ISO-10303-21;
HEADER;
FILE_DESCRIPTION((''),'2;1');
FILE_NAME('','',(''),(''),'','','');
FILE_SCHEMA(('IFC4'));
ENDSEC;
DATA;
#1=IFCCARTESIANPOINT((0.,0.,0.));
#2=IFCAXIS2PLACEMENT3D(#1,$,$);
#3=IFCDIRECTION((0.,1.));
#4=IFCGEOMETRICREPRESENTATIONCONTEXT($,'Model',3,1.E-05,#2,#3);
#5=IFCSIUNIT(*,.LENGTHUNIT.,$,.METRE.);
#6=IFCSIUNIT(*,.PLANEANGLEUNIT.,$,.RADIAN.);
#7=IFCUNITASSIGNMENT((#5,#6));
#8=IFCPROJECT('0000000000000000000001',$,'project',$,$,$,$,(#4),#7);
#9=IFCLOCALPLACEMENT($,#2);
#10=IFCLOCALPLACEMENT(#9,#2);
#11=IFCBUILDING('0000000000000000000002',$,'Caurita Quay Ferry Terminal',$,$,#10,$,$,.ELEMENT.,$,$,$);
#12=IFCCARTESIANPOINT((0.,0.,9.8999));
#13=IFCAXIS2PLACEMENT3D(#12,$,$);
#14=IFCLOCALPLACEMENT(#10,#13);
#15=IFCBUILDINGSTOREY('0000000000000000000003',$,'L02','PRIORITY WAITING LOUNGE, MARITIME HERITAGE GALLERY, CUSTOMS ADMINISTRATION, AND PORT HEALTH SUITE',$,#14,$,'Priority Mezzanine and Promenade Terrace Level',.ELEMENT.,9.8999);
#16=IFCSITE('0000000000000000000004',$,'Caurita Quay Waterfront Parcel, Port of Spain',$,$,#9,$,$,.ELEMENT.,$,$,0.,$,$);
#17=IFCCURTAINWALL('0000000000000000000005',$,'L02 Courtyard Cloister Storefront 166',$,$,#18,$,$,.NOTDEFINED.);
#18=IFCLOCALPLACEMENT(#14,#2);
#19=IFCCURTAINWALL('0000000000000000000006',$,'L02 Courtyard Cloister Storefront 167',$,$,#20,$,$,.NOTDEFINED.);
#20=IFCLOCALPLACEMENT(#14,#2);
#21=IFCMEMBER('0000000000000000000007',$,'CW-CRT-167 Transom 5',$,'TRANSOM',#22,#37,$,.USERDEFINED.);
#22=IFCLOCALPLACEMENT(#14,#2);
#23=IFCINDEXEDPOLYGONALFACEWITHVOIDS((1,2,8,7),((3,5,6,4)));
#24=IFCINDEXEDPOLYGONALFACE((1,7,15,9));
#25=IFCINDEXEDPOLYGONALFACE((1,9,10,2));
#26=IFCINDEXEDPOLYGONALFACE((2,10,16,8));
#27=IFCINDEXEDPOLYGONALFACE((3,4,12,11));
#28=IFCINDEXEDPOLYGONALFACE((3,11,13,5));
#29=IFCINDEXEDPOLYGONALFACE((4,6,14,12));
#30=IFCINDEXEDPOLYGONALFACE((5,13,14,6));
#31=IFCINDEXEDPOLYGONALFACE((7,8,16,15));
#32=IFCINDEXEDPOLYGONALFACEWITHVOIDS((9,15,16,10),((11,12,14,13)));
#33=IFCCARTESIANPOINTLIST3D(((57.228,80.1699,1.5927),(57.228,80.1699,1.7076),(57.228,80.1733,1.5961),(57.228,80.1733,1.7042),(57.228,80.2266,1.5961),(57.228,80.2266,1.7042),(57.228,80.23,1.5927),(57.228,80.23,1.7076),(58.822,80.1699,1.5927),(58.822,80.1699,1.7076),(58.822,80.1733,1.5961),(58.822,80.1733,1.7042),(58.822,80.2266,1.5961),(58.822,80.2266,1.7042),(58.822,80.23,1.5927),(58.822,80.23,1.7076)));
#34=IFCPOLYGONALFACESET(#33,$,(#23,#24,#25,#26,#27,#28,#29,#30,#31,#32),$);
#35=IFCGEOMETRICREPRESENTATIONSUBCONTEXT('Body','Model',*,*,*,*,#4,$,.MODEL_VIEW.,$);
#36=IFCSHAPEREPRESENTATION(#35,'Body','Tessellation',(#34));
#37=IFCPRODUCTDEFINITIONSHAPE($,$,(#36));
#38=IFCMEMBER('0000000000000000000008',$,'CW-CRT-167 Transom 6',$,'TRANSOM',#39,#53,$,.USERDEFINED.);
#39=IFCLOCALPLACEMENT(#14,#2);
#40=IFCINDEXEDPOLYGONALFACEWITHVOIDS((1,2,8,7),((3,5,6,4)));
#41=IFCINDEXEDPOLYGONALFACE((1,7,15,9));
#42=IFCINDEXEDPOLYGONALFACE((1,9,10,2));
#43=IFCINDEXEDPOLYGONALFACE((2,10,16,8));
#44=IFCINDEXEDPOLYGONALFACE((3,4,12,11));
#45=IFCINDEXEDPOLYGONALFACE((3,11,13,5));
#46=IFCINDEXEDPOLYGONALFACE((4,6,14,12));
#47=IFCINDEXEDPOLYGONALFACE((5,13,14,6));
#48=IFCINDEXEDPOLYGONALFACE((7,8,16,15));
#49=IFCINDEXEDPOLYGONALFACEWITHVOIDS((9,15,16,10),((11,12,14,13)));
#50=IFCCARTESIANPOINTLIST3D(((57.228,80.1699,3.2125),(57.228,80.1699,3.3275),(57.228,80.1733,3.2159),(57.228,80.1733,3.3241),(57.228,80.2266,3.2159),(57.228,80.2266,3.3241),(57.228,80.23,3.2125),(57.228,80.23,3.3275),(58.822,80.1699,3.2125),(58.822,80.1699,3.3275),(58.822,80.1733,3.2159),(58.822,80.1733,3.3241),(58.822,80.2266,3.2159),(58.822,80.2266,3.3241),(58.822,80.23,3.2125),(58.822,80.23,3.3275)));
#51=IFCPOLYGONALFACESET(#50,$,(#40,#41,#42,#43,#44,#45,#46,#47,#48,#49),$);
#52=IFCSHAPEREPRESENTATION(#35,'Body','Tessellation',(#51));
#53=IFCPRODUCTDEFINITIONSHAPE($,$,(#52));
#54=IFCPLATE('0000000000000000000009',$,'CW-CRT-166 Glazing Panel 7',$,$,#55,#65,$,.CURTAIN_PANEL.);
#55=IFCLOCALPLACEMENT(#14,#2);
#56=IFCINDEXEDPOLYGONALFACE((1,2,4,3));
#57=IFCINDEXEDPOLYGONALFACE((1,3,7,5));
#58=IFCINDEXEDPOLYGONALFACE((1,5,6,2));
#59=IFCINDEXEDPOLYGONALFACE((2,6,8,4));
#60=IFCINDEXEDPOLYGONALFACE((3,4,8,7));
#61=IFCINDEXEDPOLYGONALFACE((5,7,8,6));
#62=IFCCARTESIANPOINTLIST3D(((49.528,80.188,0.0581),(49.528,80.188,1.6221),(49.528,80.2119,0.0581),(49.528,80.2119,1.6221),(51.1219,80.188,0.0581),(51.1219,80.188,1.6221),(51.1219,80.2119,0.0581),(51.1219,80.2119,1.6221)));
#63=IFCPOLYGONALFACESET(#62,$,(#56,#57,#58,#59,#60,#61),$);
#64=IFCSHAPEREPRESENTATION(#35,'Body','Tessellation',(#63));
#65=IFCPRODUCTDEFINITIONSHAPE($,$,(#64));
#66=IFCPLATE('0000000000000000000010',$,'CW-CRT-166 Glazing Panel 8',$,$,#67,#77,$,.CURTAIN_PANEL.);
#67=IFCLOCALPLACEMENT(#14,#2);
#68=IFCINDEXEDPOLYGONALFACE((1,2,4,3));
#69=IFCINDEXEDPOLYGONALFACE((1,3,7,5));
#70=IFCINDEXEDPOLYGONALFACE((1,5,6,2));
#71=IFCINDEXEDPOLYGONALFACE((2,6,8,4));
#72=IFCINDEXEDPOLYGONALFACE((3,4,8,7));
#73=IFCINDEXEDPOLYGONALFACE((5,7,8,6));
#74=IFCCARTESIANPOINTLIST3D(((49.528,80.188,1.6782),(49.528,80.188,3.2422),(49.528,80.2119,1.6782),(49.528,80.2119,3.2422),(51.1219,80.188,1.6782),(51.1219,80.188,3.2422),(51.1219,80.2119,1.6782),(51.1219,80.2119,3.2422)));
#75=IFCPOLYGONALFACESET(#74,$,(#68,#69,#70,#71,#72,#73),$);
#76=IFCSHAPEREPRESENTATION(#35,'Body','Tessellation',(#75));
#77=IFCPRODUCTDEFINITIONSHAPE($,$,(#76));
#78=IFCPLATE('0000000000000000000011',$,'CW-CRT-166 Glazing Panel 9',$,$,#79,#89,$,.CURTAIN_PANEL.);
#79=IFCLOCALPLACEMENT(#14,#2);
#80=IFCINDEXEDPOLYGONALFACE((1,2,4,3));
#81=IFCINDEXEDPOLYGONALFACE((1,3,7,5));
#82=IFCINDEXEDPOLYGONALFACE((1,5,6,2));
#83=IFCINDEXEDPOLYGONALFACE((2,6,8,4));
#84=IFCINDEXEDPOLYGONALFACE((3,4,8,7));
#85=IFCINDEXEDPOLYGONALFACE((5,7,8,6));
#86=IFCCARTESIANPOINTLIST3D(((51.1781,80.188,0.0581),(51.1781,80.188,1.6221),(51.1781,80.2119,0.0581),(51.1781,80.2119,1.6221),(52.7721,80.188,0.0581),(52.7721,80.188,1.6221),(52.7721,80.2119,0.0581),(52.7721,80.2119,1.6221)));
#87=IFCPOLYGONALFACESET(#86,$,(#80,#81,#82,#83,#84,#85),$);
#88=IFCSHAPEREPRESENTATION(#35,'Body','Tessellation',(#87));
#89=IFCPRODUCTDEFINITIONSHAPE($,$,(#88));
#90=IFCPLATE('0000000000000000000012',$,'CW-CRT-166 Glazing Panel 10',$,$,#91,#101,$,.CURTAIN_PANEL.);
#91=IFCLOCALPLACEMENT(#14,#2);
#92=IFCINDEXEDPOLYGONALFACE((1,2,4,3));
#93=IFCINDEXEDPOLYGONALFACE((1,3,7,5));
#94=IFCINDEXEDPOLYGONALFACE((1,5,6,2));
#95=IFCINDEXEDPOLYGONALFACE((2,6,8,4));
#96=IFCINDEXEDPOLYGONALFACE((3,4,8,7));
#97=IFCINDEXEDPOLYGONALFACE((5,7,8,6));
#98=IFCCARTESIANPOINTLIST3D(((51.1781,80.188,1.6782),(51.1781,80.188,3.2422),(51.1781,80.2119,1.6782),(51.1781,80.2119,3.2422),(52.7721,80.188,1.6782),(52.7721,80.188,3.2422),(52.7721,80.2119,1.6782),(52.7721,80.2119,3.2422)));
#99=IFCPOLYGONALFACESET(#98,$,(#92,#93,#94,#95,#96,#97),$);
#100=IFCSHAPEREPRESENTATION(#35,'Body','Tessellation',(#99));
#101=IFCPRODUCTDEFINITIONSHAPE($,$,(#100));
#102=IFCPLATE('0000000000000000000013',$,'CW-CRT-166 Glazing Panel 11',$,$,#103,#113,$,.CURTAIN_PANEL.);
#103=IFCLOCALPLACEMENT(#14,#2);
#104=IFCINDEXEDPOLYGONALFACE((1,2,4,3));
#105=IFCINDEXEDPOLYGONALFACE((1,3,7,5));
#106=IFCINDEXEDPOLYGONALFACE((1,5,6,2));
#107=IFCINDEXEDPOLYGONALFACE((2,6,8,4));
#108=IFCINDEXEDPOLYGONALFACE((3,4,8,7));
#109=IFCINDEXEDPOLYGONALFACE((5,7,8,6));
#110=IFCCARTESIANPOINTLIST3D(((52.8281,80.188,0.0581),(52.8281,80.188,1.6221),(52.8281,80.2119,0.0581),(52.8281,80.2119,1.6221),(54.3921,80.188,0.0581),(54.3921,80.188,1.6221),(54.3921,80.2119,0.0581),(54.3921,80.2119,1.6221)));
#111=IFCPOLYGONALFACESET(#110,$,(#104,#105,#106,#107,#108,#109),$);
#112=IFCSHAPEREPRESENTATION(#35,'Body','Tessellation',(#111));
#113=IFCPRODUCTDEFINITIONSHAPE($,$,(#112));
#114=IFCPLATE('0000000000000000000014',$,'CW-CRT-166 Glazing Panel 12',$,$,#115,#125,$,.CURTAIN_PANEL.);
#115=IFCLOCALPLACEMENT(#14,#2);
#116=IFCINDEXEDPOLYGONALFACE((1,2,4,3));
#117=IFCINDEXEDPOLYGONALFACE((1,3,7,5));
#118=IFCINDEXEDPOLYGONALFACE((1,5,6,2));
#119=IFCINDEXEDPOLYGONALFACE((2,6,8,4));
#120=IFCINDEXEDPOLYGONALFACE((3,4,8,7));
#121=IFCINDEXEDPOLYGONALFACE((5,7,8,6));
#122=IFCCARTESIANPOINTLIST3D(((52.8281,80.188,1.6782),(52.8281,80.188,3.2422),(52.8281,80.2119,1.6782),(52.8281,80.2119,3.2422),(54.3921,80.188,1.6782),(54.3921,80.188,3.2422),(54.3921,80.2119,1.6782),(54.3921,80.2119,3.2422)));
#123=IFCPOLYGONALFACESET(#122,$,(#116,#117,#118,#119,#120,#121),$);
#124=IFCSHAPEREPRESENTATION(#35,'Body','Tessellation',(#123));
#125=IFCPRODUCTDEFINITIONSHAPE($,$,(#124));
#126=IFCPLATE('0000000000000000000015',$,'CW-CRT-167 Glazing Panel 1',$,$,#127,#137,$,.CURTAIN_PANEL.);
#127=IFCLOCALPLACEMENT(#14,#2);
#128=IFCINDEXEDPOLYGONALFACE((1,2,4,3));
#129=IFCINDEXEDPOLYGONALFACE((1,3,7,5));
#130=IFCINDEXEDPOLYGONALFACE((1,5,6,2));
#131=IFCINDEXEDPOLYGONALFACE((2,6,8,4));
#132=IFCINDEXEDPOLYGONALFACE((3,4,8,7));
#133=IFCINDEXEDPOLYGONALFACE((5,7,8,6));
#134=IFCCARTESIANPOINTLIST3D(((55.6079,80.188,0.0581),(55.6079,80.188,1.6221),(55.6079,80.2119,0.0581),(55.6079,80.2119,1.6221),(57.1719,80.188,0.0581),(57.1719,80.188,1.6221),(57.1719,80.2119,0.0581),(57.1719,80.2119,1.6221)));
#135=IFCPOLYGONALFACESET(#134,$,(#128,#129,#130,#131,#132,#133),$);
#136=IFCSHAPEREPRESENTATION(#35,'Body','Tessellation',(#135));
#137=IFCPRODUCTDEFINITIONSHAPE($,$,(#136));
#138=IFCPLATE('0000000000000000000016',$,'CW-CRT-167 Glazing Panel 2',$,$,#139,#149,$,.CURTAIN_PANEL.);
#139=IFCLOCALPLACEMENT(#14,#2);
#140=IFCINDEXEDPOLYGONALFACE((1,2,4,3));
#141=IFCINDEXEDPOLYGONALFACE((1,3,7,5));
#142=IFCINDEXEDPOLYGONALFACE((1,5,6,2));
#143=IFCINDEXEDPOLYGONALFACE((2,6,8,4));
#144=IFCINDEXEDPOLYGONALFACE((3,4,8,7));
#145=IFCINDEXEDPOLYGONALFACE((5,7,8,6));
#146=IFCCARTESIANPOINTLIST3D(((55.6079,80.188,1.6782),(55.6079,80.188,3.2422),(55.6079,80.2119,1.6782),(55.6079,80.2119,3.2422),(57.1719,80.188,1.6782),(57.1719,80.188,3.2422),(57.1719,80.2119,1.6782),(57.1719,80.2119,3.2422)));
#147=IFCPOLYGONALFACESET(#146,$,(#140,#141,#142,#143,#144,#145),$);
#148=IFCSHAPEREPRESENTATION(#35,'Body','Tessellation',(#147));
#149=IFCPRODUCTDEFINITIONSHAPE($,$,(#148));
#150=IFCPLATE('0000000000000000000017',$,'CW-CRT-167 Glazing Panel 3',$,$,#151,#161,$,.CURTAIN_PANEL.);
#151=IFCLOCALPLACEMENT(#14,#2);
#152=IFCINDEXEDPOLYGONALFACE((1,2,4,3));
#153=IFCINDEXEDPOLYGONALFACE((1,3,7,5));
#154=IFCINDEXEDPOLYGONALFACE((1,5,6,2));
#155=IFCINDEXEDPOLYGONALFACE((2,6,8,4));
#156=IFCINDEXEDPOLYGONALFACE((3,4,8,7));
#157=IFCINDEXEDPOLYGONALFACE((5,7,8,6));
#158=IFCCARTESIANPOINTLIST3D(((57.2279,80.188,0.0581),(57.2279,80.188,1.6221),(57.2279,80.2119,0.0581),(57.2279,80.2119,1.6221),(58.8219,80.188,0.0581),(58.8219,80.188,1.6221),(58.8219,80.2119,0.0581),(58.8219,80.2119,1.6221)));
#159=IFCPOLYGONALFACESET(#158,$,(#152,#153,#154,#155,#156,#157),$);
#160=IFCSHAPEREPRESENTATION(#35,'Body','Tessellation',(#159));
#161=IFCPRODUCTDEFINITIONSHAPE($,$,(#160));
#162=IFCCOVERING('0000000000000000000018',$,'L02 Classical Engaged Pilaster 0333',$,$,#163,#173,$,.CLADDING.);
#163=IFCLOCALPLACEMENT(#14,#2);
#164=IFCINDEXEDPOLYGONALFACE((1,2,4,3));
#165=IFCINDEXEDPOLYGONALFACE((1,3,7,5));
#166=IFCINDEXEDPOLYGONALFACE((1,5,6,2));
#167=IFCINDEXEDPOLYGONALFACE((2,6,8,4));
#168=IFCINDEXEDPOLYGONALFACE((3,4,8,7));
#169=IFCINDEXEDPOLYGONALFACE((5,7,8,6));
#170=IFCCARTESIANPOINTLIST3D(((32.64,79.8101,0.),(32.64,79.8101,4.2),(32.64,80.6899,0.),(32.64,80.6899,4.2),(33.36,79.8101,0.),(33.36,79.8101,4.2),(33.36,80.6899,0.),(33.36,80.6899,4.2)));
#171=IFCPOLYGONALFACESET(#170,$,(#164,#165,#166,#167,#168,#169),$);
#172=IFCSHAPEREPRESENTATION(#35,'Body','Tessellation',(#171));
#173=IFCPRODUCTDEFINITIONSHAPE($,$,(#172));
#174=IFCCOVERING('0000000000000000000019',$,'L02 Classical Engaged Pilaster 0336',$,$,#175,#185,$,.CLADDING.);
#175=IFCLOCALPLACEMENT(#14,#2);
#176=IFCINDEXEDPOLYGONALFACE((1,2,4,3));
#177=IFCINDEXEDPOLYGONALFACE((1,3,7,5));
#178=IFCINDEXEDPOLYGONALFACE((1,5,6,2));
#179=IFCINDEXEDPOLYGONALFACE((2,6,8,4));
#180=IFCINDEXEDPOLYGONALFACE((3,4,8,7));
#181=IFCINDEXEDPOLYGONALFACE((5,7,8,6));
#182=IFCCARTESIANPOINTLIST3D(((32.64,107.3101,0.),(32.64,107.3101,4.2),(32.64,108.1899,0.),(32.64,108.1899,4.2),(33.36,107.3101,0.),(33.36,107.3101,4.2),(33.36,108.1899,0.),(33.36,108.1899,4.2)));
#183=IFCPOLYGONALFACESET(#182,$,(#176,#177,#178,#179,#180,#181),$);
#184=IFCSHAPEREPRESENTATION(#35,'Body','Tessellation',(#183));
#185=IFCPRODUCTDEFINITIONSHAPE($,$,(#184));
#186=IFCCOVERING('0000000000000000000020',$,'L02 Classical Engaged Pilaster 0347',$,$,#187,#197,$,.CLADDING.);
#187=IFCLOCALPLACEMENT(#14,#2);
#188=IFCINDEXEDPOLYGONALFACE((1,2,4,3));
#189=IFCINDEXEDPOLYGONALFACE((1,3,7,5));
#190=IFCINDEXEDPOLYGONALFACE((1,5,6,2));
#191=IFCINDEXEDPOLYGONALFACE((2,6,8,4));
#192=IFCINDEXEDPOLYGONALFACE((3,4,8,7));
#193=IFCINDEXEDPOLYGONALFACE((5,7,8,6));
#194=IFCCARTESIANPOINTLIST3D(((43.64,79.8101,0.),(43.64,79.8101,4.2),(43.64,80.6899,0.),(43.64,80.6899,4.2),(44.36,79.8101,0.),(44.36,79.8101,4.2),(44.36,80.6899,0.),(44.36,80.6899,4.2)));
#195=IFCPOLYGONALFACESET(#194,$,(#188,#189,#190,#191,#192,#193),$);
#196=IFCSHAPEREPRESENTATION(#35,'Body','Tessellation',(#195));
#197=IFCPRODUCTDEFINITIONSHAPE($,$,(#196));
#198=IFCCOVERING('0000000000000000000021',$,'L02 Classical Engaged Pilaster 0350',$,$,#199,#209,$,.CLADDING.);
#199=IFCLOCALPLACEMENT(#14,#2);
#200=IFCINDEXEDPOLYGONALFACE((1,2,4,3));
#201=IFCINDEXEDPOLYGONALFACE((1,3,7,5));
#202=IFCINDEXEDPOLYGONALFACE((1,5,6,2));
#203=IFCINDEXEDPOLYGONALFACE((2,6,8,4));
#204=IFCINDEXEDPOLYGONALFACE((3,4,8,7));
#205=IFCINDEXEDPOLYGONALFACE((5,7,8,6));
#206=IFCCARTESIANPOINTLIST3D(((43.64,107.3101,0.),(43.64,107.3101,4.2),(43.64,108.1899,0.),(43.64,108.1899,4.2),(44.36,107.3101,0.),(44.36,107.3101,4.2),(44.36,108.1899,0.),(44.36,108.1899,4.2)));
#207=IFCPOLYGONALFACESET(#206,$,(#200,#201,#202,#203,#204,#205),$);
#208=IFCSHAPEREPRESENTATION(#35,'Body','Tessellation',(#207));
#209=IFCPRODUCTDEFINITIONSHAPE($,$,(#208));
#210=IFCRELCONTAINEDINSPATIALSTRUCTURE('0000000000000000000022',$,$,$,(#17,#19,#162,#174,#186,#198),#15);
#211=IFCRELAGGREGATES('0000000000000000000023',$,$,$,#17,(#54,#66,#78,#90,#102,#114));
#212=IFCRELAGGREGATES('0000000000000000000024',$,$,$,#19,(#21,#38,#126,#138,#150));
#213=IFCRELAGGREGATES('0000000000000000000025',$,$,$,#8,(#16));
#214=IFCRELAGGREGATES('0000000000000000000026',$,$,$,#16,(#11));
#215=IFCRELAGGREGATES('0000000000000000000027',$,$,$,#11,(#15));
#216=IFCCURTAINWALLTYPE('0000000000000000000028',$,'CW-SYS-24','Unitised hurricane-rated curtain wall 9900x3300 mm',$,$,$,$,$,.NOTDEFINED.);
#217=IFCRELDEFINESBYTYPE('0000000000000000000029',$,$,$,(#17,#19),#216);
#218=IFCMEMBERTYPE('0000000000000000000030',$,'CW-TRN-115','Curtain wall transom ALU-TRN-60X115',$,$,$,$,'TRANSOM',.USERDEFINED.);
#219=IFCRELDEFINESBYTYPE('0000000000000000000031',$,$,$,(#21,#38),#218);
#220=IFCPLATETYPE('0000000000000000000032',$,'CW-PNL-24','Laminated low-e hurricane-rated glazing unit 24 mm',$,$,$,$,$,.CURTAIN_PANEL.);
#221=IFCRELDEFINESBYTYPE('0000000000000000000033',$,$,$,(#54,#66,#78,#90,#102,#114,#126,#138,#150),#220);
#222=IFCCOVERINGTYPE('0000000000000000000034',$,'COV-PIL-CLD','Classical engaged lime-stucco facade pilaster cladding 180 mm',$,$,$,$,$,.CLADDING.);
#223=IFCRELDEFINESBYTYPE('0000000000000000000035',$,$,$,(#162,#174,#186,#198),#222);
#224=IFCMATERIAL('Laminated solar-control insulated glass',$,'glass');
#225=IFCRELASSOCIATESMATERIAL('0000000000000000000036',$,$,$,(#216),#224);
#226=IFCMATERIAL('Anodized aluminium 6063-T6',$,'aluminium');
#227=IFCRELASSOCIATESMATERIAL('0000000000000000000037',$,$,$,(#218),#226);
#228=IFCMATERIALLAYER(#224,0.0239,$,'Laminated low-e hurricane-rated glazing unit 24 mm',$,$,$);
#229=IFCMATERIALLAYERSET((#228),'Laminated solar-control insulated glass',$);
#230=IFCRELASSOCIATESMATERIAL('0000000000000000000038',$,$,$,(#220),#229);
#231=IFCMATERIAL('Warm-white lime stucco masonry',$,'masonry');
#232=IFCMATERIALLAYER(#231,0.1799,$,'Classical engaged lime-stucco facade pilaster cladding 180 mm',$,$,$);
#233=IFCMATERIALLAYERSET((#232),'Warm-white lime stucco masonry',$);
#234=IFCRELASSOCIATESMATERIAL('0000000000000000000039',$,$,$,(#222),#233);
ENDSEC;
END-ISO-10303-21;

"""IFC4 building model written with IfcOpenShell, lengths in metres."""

from ifc_helpers import new_model, si_unit, direction, frame, origin, origin_2d, place, context, subcontext, project, spatial, rectangle, hollow_rectangle, extrude, material, layer, layer_set, material_profile, profile_set, type_object, element, aggregate, save


model = new_model("IFC4")

# Units and contexts
model_context = context("Model", 3, precision=1e-05, world=origin(), true_north=direction((0.0, 1.0)))
body_context = subcontext(model_context, "Body", "Model", "MODEL_VIEW")
ifc_project = project(units=[si_unit("LENGTHUNIT", "METRE"), si_unit("PLANEANGLEUNIT", "RADIAN")], contexts=[model_context])

# Site, building, storey
site_placement = place(None, origin())
site = spatial("IfcSite", under=ifc_project, at=site_placement, Name="Caurita Quay Waterfront Parcel, Port of Spain", CompositionType="ELEMENT", RefElevation=0.0)
building_placement = place(site_placement, origin())
building = spatial("IfcBuilding", under=site, at=building_placement, Name="Caurita Quay Ferry Terminal", CompositionType="ELEMENT")
storey_placement = place(building_placement, frame((0.0, 0.0, 9.8999)))
storey = spatial("IfcBuildingStorey", under=building, at=storey_placement, Name="L02", Description="PRIORITY WAITING LOUNGE, MARITIME HERITAGE GALLERY, CUSTOMS ADMINISTRATION, AND PORT HEALTH SUITE", LongName="Priority Mezzanine and Promenade Terrace Level", CompositionType="ELEMENT", Elevation=9.8999)

# Curtain walls
ifc_material_1 = material(Name="Laminated solar-control insulated glass", Category="glass")
curtain_wall_type = type_object("IfcCurtainWallType", Name="CW-SYS-24", Description="Unitised hurricane-rated curtain wall 9900x3300 mm", PredefinedType="NOTDEFINED", material=ifc_material_1)
curtain_wall_1_placement = place(storey_placement, origin())
curtain_wall_1 = element("IfcCurtainWall", 1, at=curtain_wall_1_placement, inside=storey, type_object=curtain_wall_type, Name="L02 Courtyard Cloister Storefront 166", PredefinedType="NOTDEFINED")
ifc_material_2 = material(Name="Anodized aluminium 6063-T6", Category="aluminium")
curtain_wall_2_placement = place(storey_placement, origin())
curtain_wall_2 = element("IfcCurtainWall", 2, at=curtain_wall_2_placement, inside=storey, type_object=curtain_wall_type, Name="L02 Courtyard Cloister Storefront 167", PredefinedType="NOTDEFINED")

# Members
ifc_material_profile_1 = material_profile(ifc_material_2, hollow_rectangle(XDim=0.0601, YDim=0.115, WallThickness=0.0034, at=origin_2d()), Name="ALU-TRN-60X115")
ifc_profile_set_1 = profile_set([ifc_material_profile_1], Name="Anodized aluminium 6063-T6")
member_type_1 = type_object("IfcMemberType", Name="CW-TRN-115", Description="Curtain wall transom ALU-TRN-60X115", ElementType="TRANSOM", PredefinedType="USERDEFINED", material=ifc_profile_set_1)
member_1_placement = place(storey_placement, frame((57.228, 80.2, 1.6501), z_axis=(1.0, 0.0, 0.0), x_axis=(0.0, 1.0, 0.0)))
member_1 = element("IfcMember", 3, at=member_1_placement, type_object=member_type_1, Name="CW-CRT-167 Transom 5", ObjectType="TRANSOM", PredefinedType="USERDEFINED", context=body_context, shape_type="SweptSolid", body=[
    extrude(hollow_rectangle(XDim=0.0601, YDim=0.115, WallThickness=0.0034, at=origin_2d()), origin(), (0.0, 0.0, 1.0), 1.594),
])
member_2_placement = place(storey_placement, frame((57.228, 80.2, 3.27), z_axis=(1.0, 0.0, 0.0), x_axis=(0.0, 1.0, 0.0)))
member_2 = element("IfcMember", 4, at=member_2_placement, type_object=member_type_1, Name="CW-CRT-167 Transom 6", ObjectType="TRANSOM", PredefinedType="USERDEFINED", context=body_context, shape_type="SweptSolid", body=[
    extrude(hollow_rectangle(XDim=0.0601, YDim=0.115, WallThickness=0.0034, at=origin_2d()), origin(), (0.0, 0.0, 1.0), 1.594),
])

# Plates
ifc_layer_1 = layer(ifc_material_1, 0.0239, Name="Laminated low-e hurricane-rated glazing unit 24 mm")
ifc_layer_set_1 = layer_set([ifc_layer_1], Name="Laminated solar-control insulated glass")
plate_type = type_object("IfcPlateType", Name="CW-PNL-24", Description="Laminated low-e hurricane-rated glazing unit 24 mm", PredefinedType="CURTAIN_PANEL", material=ifc_layer_set_1)
plate_1_placement = place(storey_placement, frame((50.325, 80.2, 0.0581), z_axis=(0.0, 0.0, 1.0), x_axis=(1.0, 0.0, 0.0)))
plate_1 = element("IfcPlate", 5, at=plate_1_placement, type_object=plate_type, Name="CW-CRT-166 Glazing Panel 7", PredefinedType="CURTAIN_PANEL", context=body_context, shape_type="SweptSolid", body=[
    extrude(rectangle(XDim=1.594, YDim=0.0239, at=origin_2d()), origin(), (0.0, 0.0, 1.0), 1.564),
])
plate_2_placement = place(storey_placement, frame((50.325, 80.2, 1.6782), z_axis=(0.0, 0.0, 1.0), x_axis=(1.0, 0.0, 0.0)))
plate_2 = element("IfcPlate", 6, at=plate_2_placement, type_object=plate_type, Name="CW-CRT-166 Glazing Panel 8", PredefinedType="CURTAIN_PANEL", context=body_context, shape_type="SweptSolid", body=[
    extrude(rectangle(XDim=1.594, YDim=0.0239, at=origin_2d()), origin(), (0.0, 0.0, 1.0), 1.564),
])
plate_3_placement = place(storey_placement, frame((51.9751, 80.2, 0.0581), z_axis=(0.0, 0.0, 1.0), x_axis=(1.0, 0.0, 0.0)))
plate_3 = element("IfcPlate", 7, at=plate_3_placement, type_object=plate_type, Name="CW-CRT-166 Glazing Panel 9", PredefinedType="CURTAIN_PANEL", context=body_context, shape_type="SweptSolid", body=[
    extrude(rectangle(XDim=1.594, YDim=0.0239, at=origin_2d()), origin(), (0.0, 0.0, 1.0), 1.564),
])
plate_4_placement = place(storey_placement, frame((51.9751, 80.2, 1.6782), z_axis=(0.0, 0.0, 1.0), x_axis=(1.0, 0.0, 0.0)))
plate_4 = element("IfcPlate", 8, at=plate_4_placement, type_object=plate_type, Name="CW-CRT-166 Glazing Panel 10", PredefinedType="CURTAIN_PANEL", context=body_context, shape_type="SweptSolid", body=[
    extrude(rectangle(XDim=1.594, YDim=0.0239, at=origin_2d()), origin(), (0.0, 0.0, 1.0), 1.564),
])
plate_5_placement = place(storey_placement, frame((53.6101, 80.2, 0.0581), z_axis=(0.0, 0.0, 1.0), x_axis=(1.0, 0.0, 0.0)))
plate_5 = element("IfcPlate", 9, at=plate_5_placement, type_object=plate_type, Name="CW-CRT-166 Glazing Panel 11", PredefinedType="CURTAIN_PANEL", context=body_context, shape_type="SweptSolid", body=[
    extrude(rectangle(XDim=1.564, YDim=0.0239, at=origin_2d()), origin(), (0.0, 0.0, 1.0), 1.564),
])
plate_6_placement = place(storey_placement, frame((53.6101, 80.2, 1.6782), z_axis=(0.0, 0.0, 1.0), x_axis=(1.0, 0.0, 0.0)))
plate_6 = element("IfcPlate", 10, at=plate_6_placement, type_object=plate_type, Name="CW-CRT-166 Glazing Panel 12", PredefinedType="CURTAIN_PANEL", context=body_context, shape_type="SweptSolid", body=[
    extrude(rectangle(XDim=1.564, YDim=0.0239, at=origin_2d()), origin(), (0.0, 0.0, 1.0), 1.564),
])
aggregate(curtain_wall_1, [plate_1, plate_2, plate_3, plate_4, plate_5, plate_6])
plate_7_placement = place(storey_placement, frame((56.3899, 80.2, 0.0581), z_axis=(0.0, 0.0, 1.0), x_axis=(1.0, 0.0, 0.0)))
plate_7 = element("IfcPlate", 11, at=plate_7_placement, type_object=plate_type, Name="CW-CRT-167 Glazing Panel 1", PredefinedType="CURTAIN_PANEL", context=body_context, shape_type="SweptSolid", body=[
    extrude(rectangle(XDim=1.564, YDim=0.0239, at=origin_2d()), origin(), (0.0, 0.0, 1.0), 1.564),
])
plate_8_placement = place(storey_placement, frame((56.3899, 80.2, 1.6782), z_axis=(0.0, 0.0, 1.0), x_axis=(1.0, 0.0, 0.0)))
plate_8 = element("IfcPlate", 12, at=plate_8_placement, type_object=plate_type, Name="CW-CRT-167 Glazing Panel 2", PredefinedType="CURTAIN_PANEL", context=body_context, shape_type="SweptSolid", body=[
    extrude(rectangle(XDim=1.564, YDim=0.0239, at=origin_2d()), origin(), (0.0, 0.0, 1.0), 1.564),
])
plate_9_placement = place(storey_placement, frame((58.0249, 80.2, 0.0581), z_axis=(0.0, 0.0, 1.0), x_axis=(1.0, 0.0, 0.0)))
plate_9 = element("IfcPlate", 13, at=plate_9_placement, type_object=plate_type, Name="CW-CRT-167 Glazing Panel 3", PredefinedType="CURTAIN_PANEL", context=body_context, shape_type="SweptSolid", body=[
    extrude(rectangle(XDim=1.594, YDim=0.0239, at=origin_2d()), origin(), (0.0, 0.0, 1.0), 1.564),
])
aggregate(curtain_wall_2, [member_1, member_2, plate_7, plate_8, plate_9])

# Coverings
ifc_material_3 = material(Name="Warm-white lime stucco masonry", Category="masonry")
ifc_layer_2 = layer(ifc_material_3, 0.1799, Name="Classical engaged lime-stucco facade pilaster cladding 180 mm")
ifc_layer_set_2 = layer_set([ifc_layer_2], Name="Warm-white lime stucco masonry")
covering_type = type_object("IfcCoveringType", Name="COV-PIL-CLD", Description="Classical engaged lime-stucco facade pilaster cladding 180 mm", PredefinedType="CLADDING", material=ifc_layer_set_2)
for number, where, z_axis, x_axis, name in (
    (14, (33.0, 80.25, 0.0), (0.0, 0.0, 1.0), (1.0, 0.0, 0.0), "L02 Classical Engaged Pilaster 0333"),
    (15, (33.0, 107.75, 0.0), (0.0, 0.0, 1.0), (1.0, 0.0, 0.0), "L02 Classical Engaged Pilaster 0336"),
    (16, (44.0, 80.25, 0.0), (0.0, 0.0, 1.0), (1.0, 0.0, 0.0), "L02 Classical Engaged Pilaster 0347"),
    (17, (44.0, 107.75, 0.0), (0.0, 0.0, 1.0), (1.0, 0.0, 0.0), "L02 Classical Engaged Pilaster 0350"),
):
    element("IfcCovering", number, at=place(storey_placement, frame(where, z_axis=z_axis, x_axis=x_axis)), inside=storey, type_object=covering_type, Name=name, PredefinedType="CLADDING", context=body_context, shape_type="SweptSolid", body=[
        extrude(rectangle(XDim=0.72, YDim=0.8799, at=origin_2d()), origin(), (0.0, 0.0, 1.0), 4.2),
    ])

save(model, "model.ifc")
